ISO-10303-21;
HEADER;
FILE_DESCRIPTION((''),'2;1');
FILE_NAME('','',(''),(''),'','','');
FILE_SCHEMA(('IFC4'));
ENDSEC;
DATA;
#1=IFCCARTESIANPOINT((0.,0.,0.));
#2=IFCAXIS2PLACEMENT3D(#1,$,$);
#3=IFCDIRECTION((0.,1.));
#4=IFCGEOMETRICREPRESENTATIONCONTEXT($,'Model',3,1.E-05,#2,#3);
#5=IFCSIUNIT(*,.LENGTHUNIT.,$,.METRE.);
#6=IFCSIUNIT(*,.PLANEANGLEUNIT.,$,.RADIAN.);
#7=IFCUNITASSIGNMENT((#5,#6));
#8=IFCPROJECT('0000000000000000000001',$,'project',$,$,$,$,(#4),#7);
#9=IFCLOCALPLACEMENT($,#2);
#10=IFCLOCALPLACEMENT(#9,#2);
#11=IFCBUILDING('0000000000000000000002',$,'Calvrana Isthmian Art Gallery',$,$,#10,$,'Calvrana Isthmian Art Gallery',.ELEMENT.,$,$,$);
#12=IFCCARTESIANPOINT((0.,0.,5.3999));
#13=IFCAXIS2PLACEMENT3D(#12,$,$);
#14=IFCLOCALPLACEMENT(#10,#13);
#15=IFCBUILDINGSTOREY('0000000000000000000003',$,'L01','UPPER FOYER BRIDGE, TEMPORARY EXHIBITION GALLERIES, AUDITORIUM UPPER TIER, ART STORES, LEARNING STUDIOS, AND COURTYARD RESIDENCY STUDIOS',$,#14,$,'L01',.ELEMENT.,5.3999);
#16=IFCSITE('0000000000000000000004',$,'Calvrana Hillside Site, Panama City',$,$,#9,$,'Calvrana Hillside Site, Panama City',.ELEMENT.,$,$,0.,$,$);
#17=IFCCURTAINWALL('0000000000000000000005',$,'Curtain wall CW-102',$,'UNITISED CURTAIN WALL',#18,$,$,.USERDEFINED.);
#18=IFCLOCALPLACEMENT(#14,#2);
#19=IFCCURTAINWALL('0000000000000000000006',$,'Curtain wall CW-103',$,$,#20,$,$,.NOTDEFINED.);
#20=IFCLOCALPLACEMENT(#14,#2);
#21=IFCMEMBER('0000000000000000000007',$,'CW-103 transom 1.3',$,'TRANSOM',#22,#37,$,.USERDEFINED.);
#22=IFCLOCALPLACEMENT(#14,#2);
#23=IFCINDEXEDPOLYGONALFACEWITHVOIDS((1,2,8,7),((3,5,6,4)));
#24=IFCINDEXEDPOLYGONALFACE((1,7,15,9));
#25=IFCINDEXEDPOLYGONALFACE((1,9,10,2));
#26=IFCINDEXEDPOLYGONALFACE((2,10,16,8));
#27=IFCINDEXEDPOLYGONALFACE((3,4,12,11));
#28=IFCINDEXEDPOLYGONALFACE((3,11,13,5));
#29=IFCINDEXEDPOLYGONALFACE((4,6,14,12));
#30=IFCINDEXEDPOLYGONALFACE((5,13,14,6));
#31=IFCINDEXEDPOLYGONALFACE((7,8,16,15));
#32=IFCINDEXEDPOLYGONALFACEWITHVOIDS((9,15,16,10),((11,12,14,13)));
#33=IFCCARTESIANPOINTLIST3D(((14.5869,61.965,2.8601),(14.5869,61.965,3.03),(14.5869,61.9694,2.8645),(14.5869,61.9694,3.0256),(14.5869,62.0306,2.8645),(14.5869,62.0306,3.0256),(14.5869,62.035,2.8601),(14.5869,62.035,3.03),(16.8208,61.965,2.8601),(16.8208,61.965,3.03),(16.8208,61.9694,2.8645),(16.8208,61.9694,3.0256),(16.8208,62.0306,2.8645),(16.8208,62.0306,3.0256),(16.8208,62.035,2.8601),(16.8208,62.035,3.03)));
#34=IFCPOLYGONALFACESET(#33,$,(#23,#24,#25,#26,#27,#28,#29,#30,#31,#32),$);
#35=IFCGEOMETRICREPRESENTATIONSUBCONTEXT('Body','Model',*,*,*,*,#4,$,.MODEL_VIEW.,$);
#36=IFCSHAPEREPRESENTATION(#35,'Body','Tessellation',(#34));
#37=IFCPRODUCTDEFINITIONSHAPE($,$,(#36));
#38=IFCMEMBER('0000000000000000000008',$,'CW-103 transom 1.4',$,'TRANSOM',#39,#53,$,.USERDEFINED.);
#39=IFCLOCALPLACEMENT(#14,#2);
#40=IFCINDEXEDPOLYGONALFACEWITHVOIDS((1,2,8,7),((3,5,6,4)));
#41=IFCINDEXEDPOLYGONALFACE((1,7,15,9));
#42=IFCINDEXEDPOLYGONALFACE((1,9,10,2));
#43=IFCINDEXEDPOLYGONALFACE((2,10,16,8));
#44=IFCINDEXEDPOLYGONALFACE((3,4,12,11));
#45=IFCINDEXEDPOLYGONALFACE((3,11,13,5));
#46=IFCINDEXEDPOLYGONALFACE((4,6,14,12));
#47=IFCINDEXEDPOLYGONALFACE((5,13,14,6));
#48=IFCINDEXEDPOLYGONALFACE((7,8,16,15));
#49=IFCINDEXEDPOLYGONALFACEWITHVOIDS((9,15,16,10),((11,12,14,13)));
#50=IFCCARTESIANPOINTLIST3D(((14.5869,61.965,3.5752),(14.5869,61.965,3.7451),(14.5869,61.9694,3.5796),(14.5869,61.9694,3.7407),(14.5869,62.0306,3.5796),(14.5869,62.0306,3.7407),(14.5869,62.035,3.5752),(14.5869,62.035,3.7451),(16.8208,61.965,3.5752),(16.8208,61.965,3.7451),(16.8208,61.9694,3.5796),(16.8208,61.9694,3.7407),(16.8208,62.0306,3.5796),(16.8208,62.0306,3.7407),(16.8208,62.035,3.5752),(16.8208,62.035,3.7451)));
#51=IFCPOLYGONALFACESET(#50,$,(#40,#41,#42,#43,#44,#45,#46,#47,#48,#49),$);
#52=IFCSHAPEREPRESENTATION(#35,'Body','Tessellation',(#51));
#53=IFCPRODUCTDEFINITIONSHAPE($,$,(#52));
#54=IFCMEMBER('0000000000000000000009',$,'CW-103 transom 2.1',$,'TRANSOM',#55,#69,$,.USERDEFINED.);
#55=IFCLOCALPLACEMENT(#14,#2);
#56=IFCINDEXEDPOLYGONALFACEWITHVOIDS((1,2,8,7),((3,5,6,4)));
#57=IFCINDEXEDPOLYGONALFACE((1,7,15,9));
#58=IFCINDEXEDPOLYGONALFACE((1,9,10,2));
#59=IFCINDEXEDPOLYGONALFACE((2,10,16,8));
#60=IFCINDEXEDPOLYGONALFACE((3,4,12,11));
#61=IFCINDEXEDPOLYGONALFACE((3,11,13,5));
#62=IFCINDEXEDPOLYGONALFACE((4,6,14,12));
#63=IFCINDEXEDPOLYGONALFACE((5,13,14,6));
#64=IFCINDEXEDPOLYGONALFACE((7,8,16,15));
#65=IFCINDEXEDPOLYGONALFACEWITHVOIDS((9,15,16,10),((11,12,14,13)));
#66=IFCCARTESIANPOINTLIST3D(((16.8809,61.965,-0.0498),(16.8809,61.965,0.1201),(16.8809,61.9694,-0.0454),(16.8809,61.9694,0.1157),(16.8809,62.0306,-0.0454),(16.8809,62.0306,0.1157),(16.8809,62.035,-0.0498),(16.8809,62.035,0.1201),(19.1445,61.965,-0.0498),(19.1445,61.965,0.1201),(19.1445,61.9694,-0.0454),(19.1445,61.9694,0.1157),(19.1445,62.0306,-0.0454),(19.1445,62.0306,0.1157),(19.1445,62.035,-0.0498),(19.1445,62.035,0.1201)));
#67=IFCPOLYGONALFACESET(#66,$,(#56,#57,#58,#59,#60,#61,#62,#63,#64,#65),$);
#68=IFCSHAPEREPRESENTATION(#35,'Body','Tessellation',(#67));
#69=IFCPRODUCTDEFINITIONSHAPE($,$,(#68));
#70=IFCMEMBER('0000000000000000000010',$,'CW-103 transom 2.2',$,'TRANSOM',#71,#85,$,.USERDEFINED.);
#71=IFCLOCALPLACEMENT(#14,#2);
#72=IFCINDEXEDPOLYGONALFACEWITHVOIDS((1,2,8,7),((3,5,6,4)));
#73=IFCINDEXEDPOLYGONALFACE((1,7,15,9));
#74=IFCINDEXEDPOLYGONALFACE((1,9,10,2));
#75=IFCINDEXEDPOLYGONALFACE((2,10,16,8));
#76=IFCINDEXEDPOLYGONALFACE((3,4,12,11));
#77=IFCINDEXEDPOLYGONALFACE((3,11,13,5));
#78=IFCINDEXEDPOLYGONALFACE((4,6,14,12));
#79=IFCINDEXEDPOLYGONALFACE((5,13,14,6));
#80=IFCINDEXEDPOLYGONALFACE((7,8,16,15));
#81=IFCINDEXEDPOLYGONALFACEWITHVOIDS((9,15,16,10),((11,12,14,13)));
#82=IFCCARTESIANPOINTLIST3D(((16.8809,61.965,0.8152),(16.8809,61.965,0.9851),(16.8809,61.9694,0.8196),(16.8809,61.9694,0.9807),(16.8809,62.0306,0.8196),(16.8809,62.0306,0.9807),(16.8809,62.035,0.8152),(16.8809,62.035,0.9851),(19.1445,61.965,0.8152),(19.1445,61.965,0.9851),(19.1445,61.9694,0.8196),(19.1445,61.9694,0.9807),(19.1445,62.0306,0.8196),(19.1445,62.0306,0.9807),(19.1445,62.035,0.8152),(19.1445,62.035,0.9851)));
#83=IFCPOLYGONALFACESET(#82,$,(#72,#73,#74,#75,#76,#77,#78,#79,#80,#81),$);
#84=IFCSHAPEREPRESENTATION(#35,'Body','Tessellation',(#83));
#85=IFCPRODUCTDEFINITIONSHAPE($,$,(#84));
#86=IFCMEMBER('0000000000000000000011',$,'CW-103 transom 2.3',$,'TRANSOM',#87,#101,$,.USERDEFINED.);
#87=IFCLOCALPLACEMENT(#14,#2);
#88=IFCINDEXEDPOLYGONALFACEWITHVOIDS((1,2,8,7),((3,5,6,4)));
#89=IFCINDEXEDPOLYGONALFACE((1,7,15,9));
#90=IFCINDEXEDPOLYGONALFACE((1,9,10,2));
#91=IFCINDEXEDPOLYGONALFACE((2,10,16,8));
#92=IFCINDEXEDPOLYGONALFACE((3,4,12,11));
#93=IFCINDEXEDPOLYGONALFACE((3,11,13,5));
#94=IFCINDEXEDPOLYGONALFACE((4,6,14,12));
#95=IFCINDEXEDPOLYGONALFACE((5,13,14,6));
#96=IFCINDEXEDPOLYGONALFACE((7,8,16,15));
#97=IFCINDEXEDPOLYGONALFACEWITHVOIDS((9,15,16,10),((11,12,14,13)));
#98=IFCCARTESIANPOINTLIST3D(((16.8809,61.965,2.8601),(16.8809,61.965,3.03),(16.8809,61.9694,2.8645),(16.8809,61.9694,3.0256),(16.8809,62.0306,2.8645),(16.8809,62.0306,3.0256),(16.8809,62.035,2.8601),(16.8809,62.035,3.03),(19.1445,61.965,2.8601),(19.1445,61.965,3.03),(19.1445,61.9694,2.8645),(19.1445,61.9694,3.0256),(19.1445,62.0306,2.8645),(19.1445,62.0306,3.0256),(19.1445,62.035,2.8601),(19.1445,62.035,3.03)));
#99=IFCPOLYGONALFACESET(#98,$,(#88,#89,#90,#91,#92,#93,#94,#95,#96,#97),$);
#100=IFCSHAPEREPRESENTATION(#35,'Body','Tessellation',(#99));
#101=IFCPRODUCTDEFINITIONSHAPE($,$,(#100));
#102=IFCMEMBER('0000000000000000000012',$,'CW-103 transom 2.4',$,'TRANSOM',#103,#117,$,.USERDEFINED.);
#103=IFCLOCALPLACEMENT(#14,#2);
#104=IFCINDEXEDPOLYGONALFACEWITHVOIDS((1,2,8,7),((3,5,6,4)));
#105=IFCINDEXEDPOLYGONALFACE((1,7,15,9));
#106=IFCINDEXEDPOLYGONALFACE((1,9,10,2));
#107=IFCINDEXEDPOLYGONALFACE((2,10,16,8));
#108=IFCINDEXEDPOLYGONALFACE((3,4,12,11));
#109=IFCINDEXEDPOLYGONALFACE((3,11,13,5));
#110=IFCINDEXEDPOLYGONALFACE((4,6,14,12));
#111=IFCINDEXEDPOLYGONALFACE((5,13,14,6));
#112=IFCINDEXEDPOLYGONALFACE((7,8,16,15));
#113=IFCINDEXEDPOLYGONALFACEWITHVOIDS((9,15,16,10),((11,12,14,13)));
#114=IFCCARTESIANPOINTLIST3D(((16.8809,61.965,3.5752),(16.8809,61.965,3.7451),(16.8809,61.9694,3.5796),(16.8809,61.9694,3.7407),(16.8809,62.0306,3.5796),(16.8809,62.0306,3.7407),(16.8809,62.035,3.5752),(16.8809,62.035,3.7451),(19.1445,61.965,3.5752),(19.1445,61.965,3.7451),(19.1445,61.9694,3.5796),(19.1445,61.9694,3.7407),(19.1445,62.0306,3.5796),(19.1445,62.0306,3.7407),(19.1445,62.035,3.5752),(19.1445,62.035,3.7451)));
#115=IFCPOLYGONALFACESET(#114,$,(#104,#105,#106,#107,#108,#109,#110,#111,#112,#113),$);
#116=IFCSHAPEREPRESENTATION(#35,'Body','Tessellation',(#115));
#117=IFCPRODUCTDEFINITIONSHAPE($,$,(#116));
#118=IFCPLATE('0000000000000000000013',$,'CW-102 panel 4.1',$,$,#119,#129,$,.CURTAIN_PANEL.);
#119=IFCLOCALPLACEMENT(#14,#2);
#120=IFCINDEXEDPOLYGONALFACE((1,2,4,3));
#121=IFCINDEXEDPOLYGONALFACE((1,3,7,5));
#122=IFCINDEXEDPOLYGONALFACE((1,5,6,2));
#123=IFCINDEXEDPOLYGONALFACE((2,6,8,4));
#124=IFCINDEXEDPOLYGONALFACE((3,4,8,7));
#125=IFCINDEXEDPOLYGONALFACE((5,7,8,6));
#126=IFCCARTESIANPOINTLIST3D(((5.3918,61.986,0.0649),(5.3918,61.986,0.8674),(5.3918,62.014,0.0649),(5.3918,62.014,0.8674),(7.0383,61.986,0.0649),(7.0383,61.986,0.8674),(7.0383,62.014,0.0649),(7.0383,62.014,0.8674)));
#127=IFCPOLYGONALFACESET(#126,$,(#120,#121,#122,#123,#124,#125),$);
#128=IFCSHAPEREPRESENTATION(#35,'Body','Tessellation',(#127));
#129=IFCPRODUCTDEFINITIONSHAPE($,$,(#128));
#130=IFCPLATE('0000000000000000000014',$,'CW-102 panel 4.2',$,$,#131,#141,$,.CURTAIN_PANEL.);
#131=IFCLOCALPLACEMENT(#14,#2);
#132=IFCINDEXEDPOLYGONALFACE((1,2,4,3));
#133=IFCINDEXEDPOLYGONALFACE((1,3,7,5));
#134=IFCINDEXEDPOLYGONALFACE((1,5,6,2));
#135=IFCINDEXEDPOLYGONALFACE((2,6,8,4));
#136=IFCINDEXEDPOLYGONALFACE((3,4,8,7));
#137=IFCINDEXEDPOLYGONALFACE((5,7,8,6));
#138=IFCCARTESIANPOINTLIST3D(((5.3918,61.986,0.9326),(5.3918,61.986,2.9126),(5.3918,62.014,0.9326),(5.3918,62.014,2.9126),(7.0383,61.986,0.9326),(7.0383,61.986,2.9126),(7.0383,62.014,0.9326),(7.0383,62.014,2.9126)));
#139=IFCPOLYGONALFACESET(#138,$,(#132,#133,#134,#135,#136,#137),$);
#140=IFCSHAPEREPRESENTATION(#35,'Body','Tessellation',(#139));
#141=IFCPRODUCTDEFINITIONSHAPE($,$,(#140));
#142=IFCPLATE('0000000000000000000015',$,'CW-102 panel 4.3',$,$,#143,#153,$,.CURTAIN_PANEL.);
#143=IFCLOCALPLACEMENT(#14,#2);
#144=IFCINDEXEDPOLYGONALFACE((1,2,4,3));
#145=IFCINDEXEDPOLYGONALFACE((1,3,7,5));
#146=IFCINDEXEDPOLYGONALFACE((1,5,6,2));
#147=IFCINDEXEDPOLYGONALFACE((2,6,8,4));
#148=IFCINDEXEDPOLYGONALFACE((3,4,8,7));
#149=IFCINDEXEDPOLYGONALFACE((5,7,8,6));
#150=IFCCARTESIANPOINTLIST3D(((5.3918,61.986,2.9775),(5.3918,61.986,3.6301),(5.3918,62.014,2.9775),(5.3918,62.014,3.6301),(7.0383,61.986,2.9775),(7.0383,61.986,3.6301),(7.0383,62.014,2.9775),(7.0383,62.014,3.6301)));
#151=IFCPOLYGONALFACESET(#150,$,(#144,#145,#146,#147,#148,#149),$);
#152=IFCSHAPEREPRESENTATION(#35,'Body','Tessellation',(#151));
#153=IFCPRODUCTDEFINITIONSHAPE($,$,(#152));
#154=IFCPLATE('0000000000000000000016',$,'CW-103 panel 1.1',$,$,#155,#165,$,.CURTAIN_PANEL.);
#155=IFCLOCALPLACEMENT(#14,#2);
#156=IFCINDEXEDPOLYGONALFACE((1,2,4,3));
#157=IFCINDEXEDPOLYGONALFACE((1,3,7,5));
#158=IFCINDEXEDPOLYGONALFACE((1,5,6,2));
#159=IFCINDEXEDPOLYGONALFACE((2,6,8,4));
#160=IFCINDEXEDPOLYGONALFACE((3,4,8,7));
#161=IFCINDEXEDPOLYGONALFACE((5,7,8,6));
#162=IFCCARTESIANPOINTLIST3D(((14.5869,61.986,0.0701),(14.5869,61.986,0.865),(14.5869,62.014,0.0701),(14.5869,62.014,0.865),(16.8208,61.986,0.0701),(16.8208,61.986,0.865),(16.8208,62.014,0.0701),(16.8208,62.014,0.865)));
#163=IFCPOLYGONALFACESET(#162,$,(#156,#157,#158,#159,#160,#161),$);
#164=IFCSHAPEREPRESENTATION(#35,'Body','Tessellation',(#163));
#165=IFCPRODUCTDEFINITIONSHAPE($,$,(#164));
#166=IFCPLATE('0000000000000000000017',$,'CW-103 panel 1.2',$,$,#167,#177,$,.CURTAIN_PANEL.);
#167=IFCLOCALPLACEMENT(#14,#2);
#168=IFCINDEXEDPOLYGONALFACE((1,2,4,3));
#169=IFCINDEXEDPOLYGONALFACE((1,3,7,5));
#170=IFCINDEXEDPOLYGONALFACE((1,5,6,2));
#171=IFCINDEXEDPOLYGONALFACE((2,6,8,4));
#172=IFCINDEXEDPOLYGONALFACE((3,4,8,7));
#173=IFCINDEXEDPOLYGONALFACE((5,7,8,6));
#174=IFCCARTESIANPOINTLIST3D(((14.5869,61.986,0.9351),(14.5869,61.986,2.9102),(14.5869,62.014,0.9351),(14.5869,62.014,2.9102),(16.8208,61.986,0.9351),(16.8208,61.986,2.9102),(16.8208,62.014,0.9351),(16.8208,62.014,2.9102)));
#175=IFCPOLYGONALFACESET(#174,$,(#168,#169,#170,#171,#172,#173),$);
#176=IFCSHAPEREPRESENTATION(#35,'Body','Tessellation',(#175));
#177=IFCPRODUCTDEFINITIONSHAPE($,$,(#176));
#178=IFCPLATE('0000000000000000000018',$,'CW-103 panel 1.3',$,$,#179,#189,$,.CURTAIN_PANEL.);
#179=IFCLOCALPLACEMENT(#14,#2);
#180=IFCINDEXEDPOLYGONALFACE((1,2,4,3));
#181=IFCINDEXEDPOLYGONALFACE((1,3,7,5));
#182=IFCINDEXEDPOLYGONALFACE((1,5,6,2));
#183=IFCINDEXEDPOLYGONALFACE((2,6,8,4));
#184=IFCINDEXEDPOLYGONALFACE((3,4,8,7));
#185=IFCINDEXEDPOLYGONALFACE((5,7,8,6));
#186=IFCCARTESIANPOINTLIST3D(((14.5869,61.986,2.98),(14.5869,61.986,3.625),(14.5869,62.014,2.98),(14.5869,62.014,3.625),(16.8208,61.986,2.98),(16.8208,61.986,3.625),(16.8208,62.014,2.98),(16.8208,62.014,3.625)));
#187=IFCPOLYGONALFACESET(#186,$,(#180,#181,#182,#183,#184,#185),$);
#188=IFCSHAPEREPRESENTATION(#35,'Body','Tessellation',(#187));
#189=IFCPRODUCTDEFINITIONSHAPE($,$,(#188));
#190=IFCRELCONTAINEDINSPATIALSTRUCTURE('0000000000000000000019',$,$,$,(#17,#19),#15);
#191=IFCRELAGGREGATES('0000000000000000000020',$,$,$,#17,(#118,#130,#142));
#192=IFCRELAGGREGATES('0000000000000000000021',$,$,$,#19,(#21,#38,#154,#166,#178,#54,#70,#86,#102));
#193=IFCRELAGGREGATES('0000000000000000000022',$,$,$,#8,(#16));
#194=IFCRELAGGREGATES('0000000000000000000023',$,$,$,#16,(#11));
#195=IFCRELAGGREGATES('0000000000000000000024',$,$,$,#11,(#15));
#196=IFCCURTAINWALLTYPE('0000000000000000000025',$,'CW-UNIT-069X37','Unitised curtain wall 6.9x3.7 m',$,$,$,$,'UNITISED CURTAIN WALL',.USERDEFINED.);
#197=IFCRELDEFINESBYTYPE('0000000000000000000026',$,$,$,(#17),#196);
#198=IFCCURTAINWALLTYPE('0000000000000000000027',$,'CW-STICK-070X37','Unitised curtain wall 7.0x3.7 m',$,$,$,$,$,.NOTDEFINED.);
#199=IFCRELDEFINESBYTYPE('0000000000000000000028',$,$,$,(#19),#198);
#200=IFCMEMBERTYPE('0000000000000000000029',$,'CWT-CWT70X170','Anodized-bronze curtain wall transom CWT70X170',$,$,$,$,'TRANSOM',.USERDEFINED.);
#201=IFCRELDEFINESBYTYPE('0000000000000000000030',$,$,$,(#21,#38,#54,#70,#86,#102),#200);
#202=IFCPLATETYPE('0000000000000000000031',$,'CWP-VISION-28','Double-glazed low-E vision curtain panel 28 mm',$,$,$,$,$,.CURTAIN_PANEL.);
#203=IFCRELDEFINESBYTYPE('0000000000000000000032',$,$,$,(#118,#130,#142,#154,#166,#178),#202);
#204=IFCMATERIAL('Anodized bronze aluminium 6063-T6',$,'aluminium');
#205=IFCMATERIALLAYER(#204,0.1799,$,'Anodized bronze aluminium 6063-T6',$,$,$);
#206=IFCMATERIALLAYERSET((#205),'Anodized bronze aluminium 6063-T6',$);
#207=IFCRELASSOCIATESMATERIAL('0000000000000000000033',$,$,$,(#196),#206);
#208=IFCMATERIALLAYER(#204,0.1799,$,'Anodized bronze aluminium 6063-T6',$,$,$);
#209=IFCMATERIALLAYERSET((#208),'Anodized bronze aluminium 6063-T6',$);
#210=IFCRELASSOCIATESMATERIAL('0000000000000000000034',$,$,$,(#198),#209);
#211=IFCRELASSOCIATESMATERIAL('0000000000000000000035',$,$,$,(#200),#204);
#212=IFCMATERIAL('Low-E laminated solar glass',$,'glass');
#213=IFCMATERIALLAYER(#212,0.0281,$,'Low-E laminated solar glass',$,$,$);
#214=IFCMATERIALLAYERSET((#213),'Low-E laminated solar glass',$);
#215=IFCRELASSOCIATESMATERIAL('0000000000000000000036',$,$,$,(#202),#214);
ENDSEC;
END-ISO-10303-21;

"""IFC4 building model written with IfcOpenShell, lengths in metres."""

from ifc_helpers import new_model, si_unit, direction, frame, origin, origin_2d, place, context, subcontext, project, spatial, rectangle, hollow_rectangle, extrude, material, layer, layer_set, material_profile, profile_set, type_object, element, aggregate, save


model = new_model("IFC4")

# Units and contexts
model_context = context("Model", 3, precision=1e-05, world=origin(), true_north=direction((0.0, 1.0)))
body_context = subcontext(model_context, "Body", "Model", "MODEL_VIEW")
ifc_project = project(units=[si_unit("LENGTHUNIT", "METRE"), si_unit("PLANEANGLEUNIT", "RADIAN")], contexts=[model_context])

# Site, building, storey
site_placement = place(None, origin())
site = spatial("IfcSite", under=ifc_project, at=site_placement, Name="Calvrana Hillside Site, Panama City", LongName="Calvrana Hillside Site, Panama City", CompositionType="ELEMENT", RefElevation=0.0)
building_placement = place(site_placement, origin())
building = spatial("IfcBuilding", under=site, at=building_placement, Name="Calvrana Isthmian Art Gallery", LongName="Calvrana Isthmian Art Gallery", CompositionType="ELEMENT")
storey_placement = place(building_placement, frame((0.0, 0.0, 5.3999)))
storey = spatial("IfcBuildingStorey", under=building, at=storey_placement, Name="L01", Description="UPPER FOYER BRIDGE, TEMPORARY EXHIBITION GALLERIES, AUDITORIUM UPPER TIER, ART STORES, LEARNING STUDIOS, AND COURTYARD RESIDENCY STUDIOS", LongName="L01", CompositionType="ELEMENT", Elevation=5.3999)

# Curtain walls
ifc_material_1 = material(Name="Anodized bronze aluminium 6063-T6", Category="aluminium")
ifc_layer_1 = layer(ifc_material_1, 0.1799, Name="Anodized bronze aluminium 6063-T6")
ifc_layer_set_1 = layer_set([ifc_layer_1], Name="Anodized bronze aluminium 6063-T6")
curtain_wall_type_1 = type_object("IfcCurtainWallType", Name="CW-UNIT-069X37", Description="Unitised curtain wall 6.9x3.7 m", ElementType="UNITISED CURTAIN WALL", PredefinedType="USERDEFINED", material=ifc_layer_set_1)
curtain_wall_1_placement = place(storey_placement, origin())
curtain_wall_1 = element("IfcCurtainWall", 1, at=curtain_wall_1_placement, inside=storey, type_object=curtain_wall_type_1, Name="Curtain wall CW-102", ObjectType="UNITISED CURTAIN WALL", PredefinedType="USERDEFINED")
ifc_layer_2 = layer(ifc_material_1, 0.1799, Name="Anodized bronze aluminium 6063-T6")
ifc_layer_set_2 = layer_set([ifc_layer_2], Name="Anodized bronze aluminium 6063-T6")
curtain_wall_type_2 = type_object("IfcCurtainWallType", Name="CW-STICK-070X37", Description="Unitised curtain wall 7.0x3.7 m", PredefinedType="NOTDEFINED", material=ifc_layer_set_2)
curtain_wall_2_placement = place(storey_placement, origin())
curtain_wall_2 = element("IfcCurtainWall", 2, at=curtain_wall_2_placement, inside=storey, type_object=curtain_wall_type_2, Name="Curtain wall CW-103", PredefinedType="NOTDEFINED")

# Members
ifc_material_profile_1 = material_profile(ifc_material_1, hollow_rectangle(XDim=0.0701, YDim=0.1699, WallThickness=0.0044, at=origin_2d()), Name="CWT70X170")
ifc_profile_set_1 = profile_set([ifc_material_profile_1], Name="Anodized bronze aluminium 6063-T6")
member_type_1 = type_object("IfcMemberType", Name="CWT-CWT70X170", Description="Anodized-bronze curtain wall transom CWT70X170", ElementType="TRANSOM", PredefinedType="USERDEFINED", material=ifc_profile_set_1)
member_1_placement = place(storey_placement, frame((14.5869, 62.0, 2.9451), z_axis=(1.0, 0.0, 0.0), x_axis=(0.0, 1.0, 0.0)))
member_1 = element("IfcMember", 3, at=member_1_placement, type_object=member_type_1, Name="CW-103 transom 1.3", ObjectType="TRANSOM", PredefinedType="USERDEFINED", context=body_context, shape_type="SweptSolid", body=[
    extrude(hollow_rectangle(XDim=0.0701, YDim=0.1699, WallThickness=0.0044, at=origin_2d()), origin(), (0.0, 0.0, 1.0), 2.2339),
])
member_2_placement = place(storey_placement, frame((14.5869, 62.0, 3.6602), z_axis=(1.0, 0.0, 0.0), x_axis=(0.0, 1.0, 0.0)))
member_2 = element("IfcMember", 4, at=member_2_placement, type_object=member_type_1, Name="CW-103 transom 1.4", ObjectType="TRANSOM", PredefinedType="USERDEFINED", context=body_context, shape_type="SweptSolid", body=[
    extrude(hollow_rectangle(XDim=0.0701, YDim=0.1699, WallThickness=0.0044, at=origin_2d()), origin(), (0.0, 0.0, 1.0), 2.2339),
])
member_3_placement = place(storey_placement, frame((16.8809, 62.0, 0.0352), z_axis=(1.0, 0.0, 0.0), x_axis=(0.0, 1.0, 0.0)))
member_3 = element("IfcMember", 5, at=member_3_placement, type_object=member_type_1, Name="CW-103 transom 2.1", ObjectType="TRANSOM", PredefinedType="USERDEFINED", context=body_context, shape_type="SweptSolid", body=[
    extrude(hollow_rectangle(XDim=0.0701, YDim=0.1699, WallThickness=0.0044, at=origin_2d()), origin(), (0.0, 0.0, 1.0), 2.2637),
])
member_4_placement = place(storey_placement, frame((16.8809, 62.0, 0.9001), z_axis=(1.0, 0.0, 0.0), x_axis=(0.0, 1.0, 0.0)))
member_4 = element("IfcMember", 6, at=member_4_placement, type_object=member_type_1, Name="CW-103 transom 2.2", ObjectType="TRANSOM", PredefinedType="USERDEFINED", context=body_context, shape_type="SweptSolid", body=[
    extrude(hollow_rectangle(XDim=0.0701, YDim=0.1699, WallThickness=0.0044, at=origin_2d()), origin(), (0.0, 0.0, 1.0), 2.2637),
])
member_5_placement = place(storey_placement, frame((16.8809, 62.0, 2.9451), z_axis=(1.0, 0.0, 0.0), x_axis=(0.0, 1.0, 0.0)))
member_5 = element("IfcMember", 7, at=member_5_placement, type_object=member_type_1, Name="CW-103 transom 2.3", ObjectType="TRANSOM", PredefinedType="USERDEFINED", context=body_context, shape_type="SweptSolid", body=[
    extrude(hollow_rectangle(XDim=0.0701, YDim=0.1699, WallThickness=0.0044, at=origin_2d()), origin(), (0.0, 0.0, 1.0), 2.2637),
])
member_6_placement = place(storey_placement, frame((16.8809, 62.0, 3.6602), z_axis=(1.0, 0.0, 0.0), x_axis=(0.0, 1.0, 0.0)))
member_6 = element("IfcMember", 8, at=member_6_placement, type_object=member_type_1, Name="CW-103 transom 2.4", ObjectType="TRANSOM", PredefinedType="USERDEFINED", context=body_context, shape_type="SweptSolid", body=[
    extrude(hollow_rectangle(XDim=0.0701, YDim=0.1699, WallThickness=0.0044, at=origin_2d()), origin(), (0.0, 0.0, 1.0), 2.2637),
])

# Plates
ifc_material_2 = material(Name="Low-E laminated solar glass", Category="glass")
ifc_layer_3 = layer(ifc_material_2, 0.0281, Name="Low-E laminated solar glass")
ifc_layer_set_3 = layer_set([ifc_layer_3], Name="Low-E laminated solar glass")
plate_type_1 = type_object("IfcPlateType", Name="CWP-VISION-28", Description="Double-glazed low-E vision curtain panel 28 mm", PredefinedType="CURTAIN_PANEL", material=ifc_layer_set_3)
plate_1_placement = place(storey_placement, frame((6.2151, 62.0, 0.0649), z_axis=(0.0, 0.0, 1.0), x_axis=(1.0, 0.0, 0.0)))
plate_1 = element("IfcPlate", 9, at=plate_1_placement, type_object=plate_type_1, Name="CW-102 panel 4.1", PredefinedType="CURTAIN_PANEL", context=body_context, shape_type="SweptSolid", body=[
    extrude(rectangle(XDim=1.6465, YDim=0.0281, at=origin_2d()), origin(), (0.0, 0.0, 1.0), 0.8025),
])
plate_2_placement = place(storey_placement, frame((6.2151, 62.0, 0.9326), z_axis=(0.0, 0.0, 1.0), x_axis=(1.0, 0.0, 0.0)))
plate_2 = element("IfcPlate", 10, at=plate_2_placement, type_object=plate_type_1, Name="CW-102 panel 4.2", PredefinedType="CURTAIN_PANEL", context=body_context, shape_type="SweptSolid", body=[
    extrude(rectangle(XDim=1.6465, YDim=0.0281, at=origin_2d()), origin(), (0.0, 0.0, 1.0), 1.98),
])
plate_3_placement = place(storey_placement, frame((6.2151, 62.0, 2.9775), z_axis=(0.0, 0.0, 1.0), x_axis=(1.0, 0.0, 0.0)))
plate_3 = element("IfcPlate", 11, at=plate_3_placement, type_object=plate_type_1, Name="CW-102 panel 4.3", PredefinedType="CURTAIN_PANEL", context=body_context, shape_type="SweptSolid", body=[
    extrude(rectangle(XDim=1.6465, YDim=0.0281, at=origin_2d()), origin(), (0.0, 0.0, 1.0), 0.6526),
])
aggregate(curtain_wall_1, [plate_1, plate_2, plate_3])
plate_4_placement = place(storey_placement, frame((15.7039, 62.0, 0.0701), z_axis=(0.0, 0.0, 1.0), x_axis=(1.0, 0.0, 0.0)))
plate_4 = element("IfcPlate", 12, at=plate_4_placement, type_object=plate_type_1, Name="CW-103 panel 1.1", PredefinedType="CURTAIN_PANEL", context=body_context, shape_type="SweptSolid", body=[
    extrude(rectangle(XDim=2.2339, YDim=0.0281, at=origin_2d()), origin(), (0.0, 0.0, 1.0), 0.7949),
])
plate_5_placement = place(storey_placement, frame((15.7039, 62.0, 0.9351), z_axis=(0.0, 0.0, 1.0), x_axis=(1.0, 0.0, 0.0)))
plate_5 = element("IfcPlate", 13, at=plate_5_placement, type_object=plate_type_1, Name="CW-103 panel 1.2", PredefinedType="CURTAIN_PANEL", context=body_context, shape_type="SweptSolid", body=[
    extrude(rectangle(XDim=2.2339, YDim=0.0281, at=origin_2d()), origin(), (0.0, 0.0, 1.0), 1.9751),
])
plate_6_placement = place(storey_placement, frame((15.7039, 62.0, 2.98), z_axis=(0.0, 0.0, 1.0), x_axis=(1.0, 0.0, 0.0)))
plate_6 = element("IfcPlate", 14, at=plate_6_placement, type_object=plate_type_1, Name="CW-103 panel 1.3", PredefinedType="CURTAIN_PANEL", context=body_context, shape_type="SweptSolid", body=[
    extrude(rectangle(XDim=2.2339, YDim=0.0281, at=origin_2d()), origin(), (0.0, 0.0, 1.0), 0.645),
])
aggregate(curtain_wall_2, [member_1, member_2, plate_4, plate_5, plate_6, member_3, member_4, member_5, member_6])

save(model, "model.ifc")
